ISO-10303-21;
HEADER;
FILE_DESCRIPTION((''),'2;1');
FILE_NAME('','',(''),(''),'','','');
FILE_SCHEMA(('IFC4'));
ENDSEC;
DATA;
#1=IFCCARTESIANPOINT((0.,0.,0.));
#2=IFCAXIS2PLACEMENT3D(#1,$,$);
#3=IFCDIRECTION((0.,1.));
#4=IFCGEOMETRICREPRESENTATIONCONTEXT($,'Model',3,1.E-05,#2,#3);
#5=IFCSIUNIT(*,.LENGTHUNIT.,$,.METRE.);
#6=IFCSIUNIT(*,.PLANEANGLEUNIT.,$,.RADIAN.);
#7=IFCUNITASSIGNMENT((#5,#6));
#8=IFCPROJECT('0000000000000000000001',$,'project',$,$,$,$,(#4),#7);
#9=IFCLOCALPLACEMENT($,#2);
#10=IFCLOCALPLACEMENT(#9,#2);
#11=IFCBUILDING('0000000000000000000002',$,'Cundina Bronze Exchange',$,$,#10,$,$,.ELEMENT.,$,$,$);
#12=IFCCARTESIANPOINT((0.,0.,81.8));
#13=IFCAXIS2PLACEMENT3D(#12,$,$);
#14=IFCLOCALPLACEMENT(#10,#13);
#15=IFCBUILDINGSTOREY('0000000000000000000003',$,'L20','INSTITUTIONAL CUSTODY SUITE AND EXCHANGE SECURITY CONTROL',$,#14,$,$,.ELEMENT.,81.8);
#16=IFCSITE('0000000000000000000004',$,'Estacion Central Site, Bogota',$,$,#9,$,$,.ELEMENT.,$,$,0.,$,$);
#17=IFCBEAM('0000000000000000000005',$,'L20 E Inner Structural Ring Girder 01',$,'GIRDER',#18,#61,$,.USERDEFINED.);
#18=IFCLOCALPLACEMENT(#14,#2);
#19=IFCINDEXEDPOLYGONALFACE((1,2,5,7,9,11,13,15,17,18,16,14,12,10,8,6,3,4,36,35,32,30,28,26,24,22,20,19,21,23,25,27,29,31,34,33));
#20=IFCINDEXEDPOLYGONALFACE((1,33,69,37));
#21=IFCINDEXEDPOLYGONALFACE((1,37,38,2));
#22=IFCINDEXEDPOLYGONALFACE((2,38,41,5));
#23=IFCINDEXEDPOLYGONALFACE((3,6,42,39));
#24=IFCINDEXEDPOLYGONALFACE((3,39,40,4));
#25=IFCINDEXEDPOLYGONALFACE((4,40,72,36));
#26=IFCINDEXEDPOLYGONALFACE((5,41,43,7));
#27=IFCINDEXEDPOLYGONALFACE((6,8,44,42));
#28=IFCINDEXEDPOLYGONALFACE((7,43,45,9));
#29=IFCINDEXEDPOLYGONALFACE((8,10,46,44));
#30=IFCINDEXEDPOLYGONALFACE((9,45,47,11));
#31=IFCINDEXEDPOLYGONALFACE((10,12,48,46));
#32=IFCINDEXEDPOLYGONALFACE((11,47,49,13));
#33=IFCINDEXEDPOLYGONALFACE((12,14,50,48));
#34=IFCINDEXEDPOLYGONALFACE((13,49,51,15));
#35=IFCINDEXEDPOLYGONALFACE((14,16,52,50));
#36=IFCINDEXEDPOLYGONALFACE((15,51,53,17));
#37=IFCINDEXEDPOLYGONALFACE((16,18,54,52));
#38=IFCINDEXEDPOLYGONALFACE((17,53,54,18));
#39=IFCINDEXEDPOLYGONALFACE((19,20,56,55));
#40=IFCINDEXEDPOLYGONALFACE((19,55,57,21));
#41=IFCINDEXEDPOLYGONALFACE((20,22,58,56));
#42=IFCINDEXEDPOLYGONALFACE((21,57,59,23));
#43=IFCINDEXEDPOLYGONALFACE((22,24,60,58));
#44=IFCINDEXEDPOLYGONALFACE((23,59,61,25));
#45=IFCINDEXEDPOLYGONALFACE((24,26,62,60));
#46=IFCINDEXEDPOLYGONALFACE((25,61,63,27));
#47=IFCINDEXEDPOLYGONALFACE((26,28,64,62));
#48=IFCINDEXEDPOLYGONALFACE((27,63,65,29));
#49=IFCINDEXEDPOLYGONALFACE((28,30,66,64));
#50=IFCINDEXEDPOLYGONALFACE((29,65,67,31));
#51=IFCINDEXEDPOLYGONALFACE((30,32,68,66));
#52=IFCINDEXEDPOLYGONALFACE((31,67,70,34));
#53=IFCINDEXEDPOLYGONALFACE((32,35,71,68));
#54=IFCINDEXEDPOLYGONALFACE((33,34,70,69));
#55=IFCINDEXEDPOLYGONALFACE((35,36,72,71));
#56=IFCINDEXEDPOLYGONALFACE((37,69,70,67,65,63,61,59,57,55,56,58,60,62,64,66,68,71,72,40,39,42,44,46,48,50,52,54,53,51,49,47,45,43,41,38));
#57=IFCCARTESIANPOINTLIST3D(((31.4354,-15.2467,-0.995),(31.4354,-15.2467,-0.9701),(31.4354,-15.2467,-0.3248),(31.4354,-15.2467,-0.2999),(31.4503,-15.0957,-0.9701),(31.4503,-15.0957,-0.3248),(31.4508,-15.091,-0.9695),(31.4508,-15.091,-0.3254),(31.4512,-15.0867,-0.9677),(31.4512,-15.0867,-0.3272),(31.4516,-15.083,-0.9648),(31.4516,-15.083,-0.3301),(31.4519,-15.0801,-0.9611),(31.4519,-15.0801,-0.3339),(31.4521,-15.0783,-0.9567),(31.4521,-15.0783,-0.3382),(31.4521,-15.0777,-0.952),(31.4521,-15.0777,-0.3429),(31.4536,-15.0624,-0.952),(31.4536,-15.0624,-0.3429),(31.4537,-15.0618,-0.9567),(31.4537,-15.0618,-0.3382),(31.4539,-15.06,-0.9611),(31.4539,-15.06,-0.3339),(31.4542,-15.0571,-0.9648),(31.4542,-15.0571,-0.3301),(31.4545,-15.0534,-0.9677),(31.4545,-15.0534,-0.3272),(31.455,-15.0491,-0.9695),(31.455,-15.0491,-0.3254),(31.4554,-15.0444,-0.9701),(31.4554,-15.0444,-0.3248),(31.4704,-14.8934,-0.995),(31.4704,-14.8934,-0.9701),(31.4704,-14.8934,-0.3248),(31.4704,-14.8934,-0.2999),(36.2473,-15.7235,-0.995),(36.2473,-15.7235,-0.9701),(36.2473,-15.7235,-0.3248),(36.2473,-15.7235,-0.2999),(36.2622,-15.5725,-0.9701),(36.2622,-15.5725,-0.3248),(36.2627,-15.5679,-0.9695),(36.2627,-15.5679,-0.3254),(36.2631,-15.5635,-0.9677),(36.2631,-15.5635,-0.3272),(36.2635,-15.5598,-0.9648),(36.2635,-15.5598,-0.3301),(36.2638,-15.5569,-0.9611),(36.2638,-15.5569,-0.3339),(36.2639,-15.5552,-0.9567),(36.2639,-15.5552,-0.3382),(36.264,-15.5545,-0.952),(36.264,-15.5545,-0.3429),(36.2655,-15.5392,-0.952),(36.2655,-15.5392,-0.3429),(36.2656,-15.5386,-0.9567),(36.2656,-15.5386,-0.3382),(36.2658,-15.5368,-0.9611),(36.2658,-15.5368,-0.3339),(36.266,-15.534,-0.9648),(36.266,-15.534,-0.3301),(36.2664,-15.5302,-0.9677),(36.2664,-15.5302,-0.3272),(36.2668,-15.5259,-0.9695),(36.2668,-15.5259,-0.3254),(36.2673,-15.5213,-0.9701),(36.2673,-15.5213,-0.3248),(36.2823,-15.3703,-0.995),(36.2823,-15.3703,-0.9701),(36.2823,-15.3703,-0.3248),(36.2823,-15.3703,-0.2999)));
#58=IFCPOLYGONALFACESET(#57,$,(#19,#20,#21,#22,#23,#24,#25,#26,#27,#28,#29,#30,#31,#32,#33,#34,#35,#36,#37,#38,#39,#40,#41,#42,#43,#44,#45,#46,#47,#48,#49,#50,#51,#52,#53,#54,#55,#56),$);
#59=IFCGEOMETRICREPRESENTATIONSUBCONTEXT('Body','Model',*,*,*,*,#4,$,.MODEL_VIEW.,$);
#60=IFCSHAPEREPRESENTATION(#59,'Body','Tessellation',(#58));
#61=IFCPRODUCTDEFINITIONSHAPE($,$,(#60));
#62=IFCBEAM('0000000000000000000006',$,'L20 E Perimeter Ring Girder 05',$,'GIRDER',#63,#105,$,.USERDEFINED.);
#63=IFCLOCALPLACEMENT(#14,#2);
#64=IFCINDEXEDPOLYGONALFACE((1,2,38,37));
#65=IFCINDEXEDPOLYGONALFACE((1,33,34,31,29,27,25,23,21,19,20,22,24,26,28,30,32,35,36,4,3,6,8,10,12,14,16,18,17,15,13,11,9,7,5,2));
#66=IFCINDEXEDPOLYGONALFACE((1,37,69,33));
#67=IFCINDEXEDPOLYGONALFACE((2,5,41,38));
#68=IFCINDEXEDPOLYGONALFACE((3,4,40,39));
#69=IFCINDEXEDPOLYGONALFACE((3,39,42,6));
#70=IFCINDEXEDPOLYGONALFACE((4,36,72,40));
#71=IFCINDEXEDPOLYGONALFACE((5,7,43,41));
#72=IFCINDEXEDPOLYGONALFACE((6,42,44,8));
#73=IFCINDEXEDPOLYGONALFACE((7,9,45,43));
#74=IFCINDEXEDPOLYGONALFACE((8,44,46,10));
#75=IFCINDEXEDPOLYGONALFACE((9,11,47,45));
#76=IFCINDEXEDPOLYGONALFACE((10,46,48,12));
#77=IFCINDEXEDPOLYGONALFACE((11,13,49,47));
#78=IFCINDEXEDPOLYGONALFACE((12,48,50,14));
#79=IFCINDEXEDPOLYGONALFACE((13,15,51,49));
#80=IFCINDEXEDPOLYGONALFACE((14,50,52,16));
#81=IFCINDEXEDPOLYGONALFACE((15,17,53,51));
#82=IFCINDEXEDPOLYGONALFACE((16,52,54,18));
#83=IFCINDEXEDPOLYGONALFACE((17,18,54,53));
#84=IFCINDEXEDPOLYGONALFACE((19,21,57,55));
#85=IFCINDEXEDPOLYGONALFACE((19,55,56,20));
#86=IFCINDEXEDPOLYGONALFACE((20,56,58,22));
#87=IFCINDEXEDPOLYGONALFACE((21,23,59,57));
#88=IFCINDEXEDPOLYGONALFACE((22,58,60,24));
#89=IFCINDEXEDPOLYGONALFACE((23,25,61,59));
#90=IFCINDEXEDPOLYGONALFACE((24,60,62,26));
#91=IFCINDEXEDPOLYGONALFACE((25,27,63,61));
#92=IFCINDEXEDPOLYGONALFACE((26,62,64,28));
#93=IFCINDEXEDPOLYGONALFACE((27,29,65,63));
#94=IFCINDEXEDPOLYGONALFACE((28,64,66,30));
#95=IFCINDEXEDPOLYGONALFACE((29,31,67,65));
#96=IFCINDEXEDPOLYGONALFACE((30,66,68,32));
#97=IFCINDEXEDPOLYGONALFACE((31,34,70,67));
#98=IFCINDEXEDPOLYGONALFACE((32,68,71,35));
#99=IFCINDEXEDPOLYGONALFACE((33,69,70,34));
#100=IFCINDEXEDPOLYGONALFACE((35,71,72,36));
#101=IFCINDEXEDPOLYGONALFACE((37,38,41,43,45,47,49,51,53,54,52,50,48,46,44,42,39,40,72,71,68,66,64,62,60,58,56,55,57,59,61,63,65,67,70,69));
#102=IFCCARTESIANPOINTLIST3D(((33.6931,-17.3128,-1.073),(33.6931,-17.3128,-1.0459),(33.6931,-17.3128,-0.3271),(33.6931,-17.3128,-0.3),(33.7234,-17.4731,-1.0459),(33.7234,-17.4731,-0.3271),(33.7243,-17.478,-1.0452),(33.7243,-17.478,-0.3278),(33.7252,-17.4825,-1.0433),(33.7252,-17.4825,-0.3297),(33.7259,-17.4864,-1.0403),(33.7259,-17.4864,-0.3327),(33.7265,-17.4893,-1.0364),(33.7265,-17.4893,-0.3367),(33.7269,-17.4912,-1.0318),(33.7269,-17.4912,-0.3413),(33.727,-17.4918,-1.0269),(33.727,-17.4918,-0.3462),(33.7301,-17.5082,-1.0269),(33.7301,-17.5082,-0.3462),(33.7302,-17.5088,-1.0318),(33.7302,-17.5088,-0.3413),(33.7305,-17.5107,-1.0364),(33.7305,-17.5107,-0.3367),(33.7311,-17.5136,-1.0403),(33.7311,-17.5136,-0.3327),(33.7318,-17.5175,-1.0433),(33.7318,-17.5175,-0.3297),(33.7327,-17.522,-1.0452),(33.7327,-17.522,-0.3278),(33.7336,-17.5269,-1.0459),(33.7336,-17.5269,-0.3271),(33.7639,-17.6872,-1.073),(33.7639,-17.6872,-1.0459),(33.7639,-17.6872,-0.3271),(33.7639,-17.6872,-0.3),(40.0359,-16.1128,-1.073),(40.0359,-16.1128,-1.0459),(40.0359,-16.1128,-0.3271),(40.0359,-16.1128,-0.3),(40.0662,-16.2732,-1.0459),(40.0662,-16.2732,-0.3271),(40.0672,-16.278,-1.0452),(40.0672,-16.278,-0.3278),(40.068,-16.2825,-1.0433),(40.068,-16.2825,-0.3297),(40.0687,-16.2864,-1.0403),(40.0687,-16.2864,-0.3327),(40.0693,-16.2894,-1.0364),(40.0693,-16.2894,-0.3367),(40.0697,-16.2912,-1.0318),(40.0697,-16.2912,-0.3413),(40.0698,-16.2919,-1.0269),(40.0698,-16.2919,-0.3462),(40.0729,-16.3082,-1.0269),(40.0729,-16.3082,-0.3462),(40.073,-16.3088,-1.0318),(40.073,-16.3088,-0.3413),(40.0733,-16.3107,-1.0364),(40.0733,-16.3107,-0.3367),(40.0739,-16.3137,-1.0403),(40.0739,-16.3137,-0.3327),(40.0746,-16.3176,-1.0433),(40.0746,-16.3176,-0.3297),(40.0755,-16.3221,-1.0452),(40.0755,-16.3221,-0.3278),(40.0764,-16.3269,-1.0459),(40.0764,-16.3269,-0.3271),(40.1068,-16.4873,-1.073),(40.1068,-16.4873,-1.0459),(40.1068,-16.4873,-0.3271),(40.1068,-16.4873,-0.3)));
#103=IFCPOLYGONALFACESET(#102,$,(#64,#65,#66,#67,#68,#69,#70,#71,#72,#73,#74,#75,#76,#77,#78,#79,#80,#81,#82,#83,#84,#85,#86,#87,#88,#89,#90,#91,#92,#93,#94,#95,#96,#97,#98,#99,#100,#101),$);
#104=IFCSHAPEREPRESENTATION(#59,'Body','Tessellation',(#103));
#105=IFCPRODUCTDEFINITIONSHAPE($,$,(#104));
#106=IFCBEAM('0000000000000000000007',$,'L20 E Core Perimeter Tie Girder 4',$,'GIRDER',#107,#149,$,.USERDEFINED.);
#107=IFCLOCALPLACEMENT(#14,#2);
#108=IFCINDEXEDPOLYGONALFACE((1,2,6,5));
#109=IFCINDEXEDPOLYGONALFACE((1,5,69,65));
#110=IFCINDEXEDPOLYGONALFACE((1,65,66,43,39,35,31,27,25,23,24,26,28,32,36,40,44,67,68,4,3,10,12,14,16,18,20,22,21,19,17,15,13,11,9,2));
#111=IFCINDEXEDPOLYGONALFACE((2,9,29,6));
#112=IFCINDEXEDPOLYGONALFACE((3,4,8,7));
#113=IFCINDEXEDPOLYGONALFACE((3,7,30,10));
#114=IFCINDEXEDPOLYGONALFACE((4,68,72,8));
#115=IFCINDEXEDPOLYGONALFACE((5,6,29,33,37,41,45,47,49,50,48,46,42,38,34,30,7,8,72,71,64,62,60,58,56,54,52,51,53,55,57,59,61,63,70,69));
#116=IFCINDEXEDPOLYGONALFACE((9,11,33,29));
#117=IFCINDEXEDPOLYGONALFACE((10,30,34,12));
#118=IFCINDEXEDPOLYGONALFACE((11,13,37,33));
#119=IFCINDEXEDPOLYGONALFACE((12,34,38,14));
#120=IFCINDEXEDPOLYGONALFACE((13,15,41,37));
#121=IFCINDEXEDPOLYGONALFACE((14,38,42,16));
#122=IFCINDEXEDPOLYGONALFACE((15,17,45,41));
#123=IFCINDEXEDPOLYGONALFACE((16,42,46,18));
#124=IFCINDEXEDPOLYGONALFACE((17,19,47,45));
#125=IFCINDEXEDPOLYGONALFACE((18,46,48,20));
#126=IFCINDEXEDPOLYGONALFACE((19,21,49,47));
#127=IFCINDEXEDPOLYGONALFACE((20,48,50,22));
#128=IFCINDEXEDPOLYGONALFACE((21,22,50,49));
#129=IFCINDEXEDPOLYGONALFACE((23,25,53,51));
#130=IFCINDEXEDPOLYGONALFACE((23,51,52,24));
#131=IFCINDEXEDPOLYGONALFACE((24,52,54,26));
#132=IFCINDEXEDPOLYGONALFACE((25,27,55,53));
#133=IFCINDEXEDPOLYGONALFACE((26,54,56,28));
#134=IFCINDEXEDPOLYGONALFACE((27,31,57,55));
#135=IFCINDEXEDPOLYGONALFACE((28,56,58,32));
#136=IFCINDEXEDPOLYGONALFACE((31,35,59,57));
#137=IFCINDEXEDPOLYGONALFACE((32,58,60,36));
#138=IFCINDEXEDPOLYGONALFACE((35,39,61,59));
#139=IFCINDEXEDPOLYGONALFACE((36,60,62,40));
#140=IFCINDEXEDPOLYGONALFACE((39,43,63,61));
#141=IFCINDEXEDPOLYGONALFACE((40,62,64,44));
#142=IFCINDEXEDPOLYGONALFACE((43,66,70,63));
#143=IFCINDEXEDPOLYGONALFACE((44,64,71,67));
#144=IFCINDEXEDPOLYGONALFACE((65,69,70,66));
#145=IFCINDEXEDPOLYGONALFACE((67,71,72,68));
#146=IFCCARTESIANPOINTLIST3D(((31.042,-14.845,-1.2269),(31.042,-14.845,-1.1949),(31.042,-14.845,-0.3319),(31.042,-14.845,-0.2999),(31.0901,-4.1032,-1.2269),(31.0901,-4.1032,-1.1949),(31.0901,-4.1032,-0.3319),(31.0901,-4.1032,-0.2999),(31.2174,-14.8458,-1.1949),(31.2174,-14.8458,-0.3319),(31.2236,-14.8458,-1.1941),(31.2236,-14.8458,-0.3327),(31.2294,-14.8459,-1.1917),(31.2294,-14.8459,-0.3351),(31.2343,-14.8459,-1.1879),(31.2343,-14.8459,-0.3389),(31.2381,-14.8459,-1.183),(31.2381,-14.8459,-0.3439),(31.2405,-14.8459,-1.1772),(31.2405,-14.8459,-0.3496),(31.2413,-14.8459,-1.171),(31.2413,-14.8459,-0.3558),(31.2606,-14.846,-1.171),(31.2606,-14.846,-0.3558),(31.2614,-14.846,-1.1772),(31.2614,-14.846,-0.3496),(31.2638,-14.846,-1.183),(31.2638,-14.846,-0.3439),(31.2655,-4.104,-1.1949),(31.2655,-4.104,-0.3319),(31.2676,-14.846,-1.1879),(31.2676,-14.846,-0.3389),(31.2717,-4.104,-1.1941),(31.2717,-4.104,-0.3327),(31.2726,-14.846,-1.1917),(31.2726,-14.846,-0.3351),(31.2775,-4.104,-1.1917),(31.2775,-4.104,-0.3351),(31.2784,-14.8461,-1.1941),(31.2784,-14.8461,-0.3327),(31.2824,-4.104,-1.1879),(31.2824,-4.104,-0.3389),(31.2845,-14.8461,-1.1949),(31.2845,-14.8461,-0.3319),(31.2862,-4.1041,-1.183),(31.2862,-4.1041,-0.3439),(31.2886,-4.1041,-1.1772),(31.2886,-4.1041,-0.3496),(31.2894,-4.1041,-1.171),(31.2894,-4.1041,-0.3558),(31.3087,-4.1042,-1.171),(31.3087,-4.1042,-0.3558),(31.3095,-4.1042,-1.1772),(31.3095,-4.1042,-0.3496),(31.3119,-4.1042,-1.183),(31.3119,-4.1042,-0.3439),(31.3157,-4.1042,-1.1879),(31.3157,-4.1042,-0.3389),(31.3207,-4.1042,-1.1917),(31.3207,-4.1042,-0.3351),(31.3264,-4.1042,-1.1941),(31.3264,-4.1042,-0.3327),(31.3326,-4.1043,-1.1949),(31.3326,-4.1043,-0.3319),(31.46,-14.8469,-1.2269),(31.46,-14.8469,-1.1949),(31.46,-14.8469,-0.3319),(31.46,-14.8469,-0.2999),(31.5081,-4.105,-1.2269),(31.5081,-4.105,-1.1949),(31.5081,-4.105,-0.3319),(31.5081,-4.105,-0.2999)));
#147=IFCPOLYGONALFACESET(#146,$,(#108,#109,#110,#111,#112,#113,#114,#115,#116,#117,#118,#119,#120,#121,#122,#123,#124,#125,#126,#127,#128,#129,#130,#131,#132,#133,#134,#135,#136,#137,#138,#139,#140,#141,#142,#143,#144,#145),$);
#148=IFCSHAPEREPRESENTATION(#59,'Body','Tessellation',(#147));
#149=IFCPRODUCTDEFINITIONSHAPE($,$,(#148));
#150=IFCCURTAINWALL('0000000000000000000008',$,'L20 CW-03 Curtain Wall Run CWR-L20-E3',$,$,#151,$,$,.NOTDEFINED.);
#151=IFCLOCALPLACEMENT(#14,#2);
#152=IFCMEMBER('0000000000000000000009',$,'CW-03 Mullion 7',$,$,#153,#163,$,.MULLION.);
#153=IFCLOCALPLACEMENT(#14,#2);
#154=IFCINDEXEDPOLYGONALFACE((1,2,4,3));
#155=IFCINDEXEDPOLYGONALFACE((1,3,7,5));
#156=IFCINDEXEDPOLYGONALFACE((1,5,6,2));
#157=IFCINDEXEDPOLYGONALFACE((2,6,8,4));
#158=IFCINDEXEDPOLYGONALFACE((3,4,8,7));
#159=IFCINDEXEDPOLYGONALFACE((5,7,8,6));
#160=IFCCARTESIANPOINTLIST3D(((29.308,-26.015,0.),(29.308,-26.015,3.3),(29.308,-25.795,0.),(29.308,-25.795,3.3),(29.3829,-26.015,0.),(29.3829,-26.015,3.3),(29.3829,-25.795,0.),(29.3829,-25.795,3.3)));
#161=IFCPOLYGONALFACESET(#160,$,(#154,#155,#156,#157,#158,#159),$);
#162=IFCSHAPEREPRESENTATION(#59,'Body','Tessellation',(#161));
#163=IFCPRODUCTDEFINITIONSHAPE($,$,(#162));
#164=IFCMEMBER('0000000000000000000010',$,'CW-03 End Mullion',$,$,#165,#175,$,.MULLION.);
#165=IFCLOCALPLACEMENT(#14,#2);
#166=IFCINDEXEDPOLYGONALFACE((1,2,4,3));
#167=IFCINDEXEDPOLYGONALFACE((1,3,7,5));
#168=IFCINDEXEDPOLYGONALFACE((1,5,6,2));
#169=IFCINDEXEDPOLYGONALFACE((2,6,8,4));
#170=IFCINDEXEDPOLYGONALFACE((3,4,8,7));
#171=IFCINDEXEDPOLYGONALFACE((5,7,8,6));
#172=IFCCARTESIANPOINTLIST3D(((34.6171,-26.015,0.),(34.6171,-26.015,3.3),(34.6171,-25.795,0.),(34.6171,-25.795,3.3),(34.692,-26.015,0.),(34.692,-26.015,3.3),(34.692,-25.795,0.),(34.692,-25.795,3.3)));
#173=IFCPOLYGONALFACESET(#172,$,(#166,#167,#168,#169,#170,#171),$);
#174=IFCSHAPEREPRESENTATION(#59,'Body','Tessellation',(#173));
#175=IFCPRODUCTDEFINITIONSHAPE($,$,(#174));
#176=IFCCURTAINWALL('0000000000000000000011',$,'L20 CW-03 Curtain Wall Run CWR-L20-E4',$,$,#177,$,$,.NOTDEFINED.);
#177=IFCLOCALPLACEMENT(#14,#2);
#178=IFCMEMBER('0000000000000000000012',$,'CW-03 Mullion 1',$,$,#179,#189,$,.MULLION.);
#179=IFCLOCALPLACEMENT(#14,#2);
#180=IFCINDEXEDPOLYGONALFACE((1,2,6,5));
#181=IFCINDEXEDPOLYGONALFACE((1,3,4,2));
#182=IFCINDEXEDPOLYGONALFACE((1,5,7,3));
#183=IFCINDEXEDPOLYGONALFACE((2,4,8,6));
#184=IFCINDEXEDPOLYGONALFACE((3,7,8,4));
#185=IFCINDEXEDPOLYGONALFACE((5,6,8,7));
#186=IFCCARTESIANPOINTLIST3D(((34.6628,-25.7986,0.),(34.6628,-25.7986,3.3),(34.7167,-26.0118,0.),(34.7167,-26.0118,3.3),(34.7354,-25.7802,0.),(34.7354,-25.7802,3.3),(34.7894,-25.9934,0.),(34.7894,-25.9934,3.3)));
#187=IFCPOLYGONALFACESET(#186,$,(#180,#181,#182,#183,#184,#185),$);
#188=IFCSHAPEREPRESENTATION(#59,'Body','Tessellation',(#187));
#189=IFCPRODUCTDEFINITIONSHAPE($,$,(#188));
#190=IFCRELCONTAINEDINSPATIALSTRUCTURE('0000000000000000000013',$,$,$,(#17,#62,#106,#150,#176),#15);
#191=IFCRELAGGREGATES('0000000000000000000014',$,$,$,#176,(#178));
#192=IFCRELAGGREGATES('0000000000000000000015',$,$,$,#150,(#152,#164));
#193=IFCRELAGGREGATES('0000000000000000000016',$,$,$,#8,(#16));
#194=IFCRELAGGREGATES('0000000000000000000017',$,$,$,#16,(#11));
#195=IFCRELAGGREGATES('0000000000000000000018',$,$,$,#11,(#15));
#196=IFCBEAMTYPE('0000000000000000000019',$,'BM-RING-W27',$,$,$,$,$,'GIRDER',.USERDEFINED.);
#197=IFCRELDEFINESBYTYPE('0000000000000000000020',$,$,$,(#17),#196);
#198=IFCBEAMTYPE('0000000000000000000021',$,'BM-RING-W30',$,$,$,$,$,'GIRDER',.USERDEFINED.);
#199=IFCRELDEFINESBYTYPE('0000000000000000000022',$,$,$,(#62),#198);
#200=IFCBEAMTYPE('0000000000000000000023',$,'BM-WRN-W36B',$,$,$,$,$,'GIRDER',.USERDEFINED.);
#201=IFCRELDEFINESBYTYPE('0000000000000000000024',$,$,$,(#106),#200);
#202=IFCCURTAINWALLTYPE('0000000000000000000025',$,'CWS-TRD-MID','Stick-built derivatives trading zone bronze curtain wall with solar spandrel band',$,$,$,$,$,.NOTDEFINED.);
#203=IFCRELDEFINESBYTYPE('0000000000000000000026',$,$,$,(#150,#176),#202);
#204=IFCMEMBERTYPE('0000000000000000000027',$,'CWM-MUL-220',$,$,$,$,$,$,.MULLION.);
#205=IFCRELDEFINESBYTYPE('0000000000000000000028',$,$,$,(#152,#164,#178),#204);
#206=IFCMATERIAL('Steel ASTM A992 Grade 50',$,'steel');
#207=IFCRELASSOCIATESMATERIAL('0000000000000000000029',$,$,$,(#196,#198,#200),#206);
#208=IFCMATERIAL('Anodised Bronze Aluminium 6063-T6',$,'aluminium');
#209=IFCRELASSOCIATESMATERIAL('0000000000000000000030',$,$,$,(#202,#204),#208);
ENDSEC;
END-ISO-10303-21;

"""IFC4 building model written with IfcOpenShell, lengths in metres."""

from ifc_helpers import new_model, si_unit, direction, frame, origin, origin_2d, place, context, subcontext, project, spatial, rectangle, i_section, extrude, material, material_profile, profile_set, type_object, element, aggregate, save


model = new_model("IFC4")

# Units and contexts
model_context = context("Model", 3, precision=1e-05, world=origin(), true_north=direction((0.0, 1.0)))
body_context = subcontext(model_context, "Body", "Model", "MODEL_VIEW")
ifc_project = project(units=[si_unit("LENGTHUNIT", "METRE"), si_unit("PLANEANGLEUNIT", "RADIAN")], contexts=[model_context])

# Site, building, storey
site_placement = place(None, origin())
site = spatial("IfcSite", under=ifc_project, at=site_placement, Name="Estacion Central Site, Bogota", CompositionType="ELEMENT", RefElevation=0.0)
building_placement = place(site_placement, origin())
building = spatial("IfcBuilding", under=site, at=building_placement, Name="Cundina Bronze Exchange", CompositionType="ELEMENT")
storey_placement = place(building_placement, frame((0.0, 0.0, 81.8)))
storey = spatial("IfcBuildingStorey", under=building, at=storey_placement, Name="L20", Description="INSTITUTIONAL CUSTODY SUITE AND EXCHANGE SECURITY CONTROL", CompositionType="ELEMENT", Elevation=81.8)

# Shared definitions
ifc_material_1 = material(Name="Steel ASTM A992 Grade 50", Category="steel")

# Beams
ifc_material_profile_1 = material_profile(ifc_material_1, i_section(OverallWidth=0.355, OverallDepth=0.6951, WebThickness=0.0154, FlangeThickness=0.0249, FilletRadius=0.0181, at=origin_2d()), Name="W27X146", Category="steel")
ifc_profile_set_1 = profile_set([ifc_material_profile_1], Name="Steel ASTM A992 Grade 50")
beam_type_1 = type_object("IfcBeamType", Name="BM-RING-W27", ElementType="GIRDER", PredefinedType="USERDEFINED", material=ifc_profile_set_1)
beam_1_placement = place(storey_placement, frame((31.4529, -15.0701, -0.6475), z_axis=(0.995126, -0.098609, 0.0), x_axis=(0.098609, 0.995126, 0.0)))
element("IfcBeam", 1, at=beam_1_placement, inside=storey, type_object=beam_type_1, Name="L20 E Inner Structural Ring Girder 01", ObjectType="GIRDER", PredefinedType="USERDEFINED", context=body_context, shape_type="SweptSolid", body=[
    extrude(i_section(OverallWidth=0.355, OverallDepth=0.6951, WebThickness=0.0154, FlangeThickness=0.0249, FilletRadius=0.0181, at=origin_2d()), origin(), (0.0, 0.0, 1.0), 4.8354),
])
ifc_material_profile_2 = material_profile(ifc_material_1, i_section(OverallWidth=0.3811, OverallDepth=0.7729, WebThickness=0.0166, FlangeThickness=0.0271, FilletRadius=0.019, at=origin_2d()), Name="W30X173", Category="steel")
ifc_profile_set_2 = profile_set([ifc_material_profile_2], Name="Steel ASTM A992 Grade 50")
beam_type_2 = type_object("IfcBeamType", Name="BM-RING-W30", ElementType="GIRDER", PredefinedType="USERDEFINED", material=ifc_profile_set_2)
beam_2_placement = place(storey_placement, frame((33.7285, -17.5, -0.6865), z_axis=(0.982571, 0.185887, 0.0), x_axis=(-0.185887, 0.982571, 0.0)))
element("IfcBeam", 2, at=beam_2_placement, inside=storey, type_object=beam_type_2, Name="L20 E Perimeter Ring Girder 05", ObjectType="GIRDER", PredefinedType="USERDEFINED", context=body_context, shape_type="SweptSolid", body=[
    extrude(i_section(OverallWidth=0.3811, OverallDepth=0.7729, WebThickness=0.0166, FlangeThickness=0.0271, FilletRadius=0.019, at=origin_2d()), origin(), (0.0, 0.0, 1.0), 6.4553),
])
ifc_material_profile_3 = material_profile(ifc_material_1, i_section(OverallWidth=0.418, OverallDepth=0.927, WebThickness=0.0193, FlangeThickness=0.032, FilletRadius=0.0239, at=origin_2d()), Name="W36X231", Category="steel")
ifc_profile_set_3 = profile_set([ifc_material_profile_3], Name="Steel ASTM A992 Grade 50")
beam_type_3 = type_object("IfcBeamType", Name="BM-WRN-W36B", ElementType="GIRDER", PredefinedType="USERDEFINED", material=ifc_profile_set_3)
beam_3_placement = place(storey_placement, frame((31.251, -14.8459, -0.7634), z_axis=(0.004477, 0.99999, 0.0), x_axis=(-0.99999, 0.004477, 0.0)))
element("IfcBeam", 3, at=beam_3_placement, inside=storey, type_object=beam_type_3, Name="L20 E Core Perimeter Tie Girder 4", ObjectType="GIRDER", PredefinedType="USERDEFINED", context=body_context, shape_type="SweptSolid", body=[
    extrude(i_section(OverallWidth=0.418, OverallDepth=0.927, WebThickness=0.0193, FlangeThickness=0.032, FilletRadius=0.0239, at=origin_2d()), origin(), (0.0, 0.0, 1.0), 10.7419),
])

# Curtain wall, members
ifc_material_2 = material(Name="Anodised Bronze Aluminium 6063-T6", Category="aluminium")
curtain_wall_type = type_object("IfcCurtainWallType", Name="CWS-TRD-MID", Description="Stick-built derivatives trading zone bronze curtain wall with solar spandrel band", PredefinedType="NOTDEFINED", material=ifc_material_2)
curtain_wall_1_placement = place(storey_placement, origin())
curtain_wall_1 = element("IfcCurtainWall", 4, at=curtain_wall_1_placement, inside=storey, type_object=curtain_wall_type, Name="L20 CW-03 Curtain Wall Run CWR-L20-E3", PredefinedType="NOTDEFINED")
ifc_material_profile_4 = material_profile(ifc_material_2, rectangle(XDim=0.075, YDim=0.22, at=origin_2d()), Name="AL75X220", Category="aluminium")
ifc_profile_set_4 = profile_set([ifc_material_profile_4], Name="Anodised Bronze Aluminium 6063-T6")
member_type_1 = type_object("IfcMemberType", Name="CWM-MUL-220", PredefinedType="MULLION", material=ifc_profile_set_4)
member_1_placement = place(storey_placement, frame((29.3455, -25.905, 0.0), z_axis=(0.0, 0.0, 1.0), x_axis=(1.0, 0.0, 0.0)))
member_1 = element("IfcMember", 5, at=member_1_placement, type_object=member_type_1, Name="CW-03 Mullion 7", PredefinedType="MULLION", context=body_context, shape_type="SweptSolid", body=[
    extrude(rectangle(XDim=0.075, YDim=0.22, at=origin_2d()), origin(), (0.0, 0.0, 1.0), 3.3),
])
member_2_placement = place(storey_placement, frame((34.6545, -25.905, 0.0), z_axis=(0.0, 0.0, 1.0), x_axis=(1.0, 0.0, 0.0)))
member_2 = element("IfcMember", 6, at=member_2_placement, type_object=member_type_1, Name="CW-03 End Mullion", PredefinedType="MULLION", context=body_context, shape_type="SweptSolid", body=[
    extrude(rectangle(XDim=0.075, YDim=0.22, at=origin_2d()), origin(), (0.0, 0.0, 1.0), 3.3),
])

# Curtain wall, member
curtain_wall_2_placement = place(storey_placement, origin())
curtain_wall_2 = element("IfcCurtainWall", 7, at=curtain_wall_2_placement, inside=storey, type_object=curtain_wall_type, Name="L20 CW-03 Curtain Wall Run CWR-L20-E4", PredefinedType="NOTDEFINED")
member_3_placement = place(storey_placement, frame((34.7261, -25.896, 0.0), z_axis=(0.0, 0.0, 1.0), x_axis=(0.969488, 0.245138, 0.0)))
member_3 = element("IfcMember", 8, at=member_3_placement, type_object=member_type_1, Name="CW-03 Mullion 1", PredefinedType="MULLION", context=body_context, shape_type="SweptSolid", body=[
    extrude(rectangle(XDim=0.075, YDim=0.22, at=origin_2d()), origin(), (0.0, 0.0, 1.0), 3.3),
])
aggregate(curtain_wall_2, [member_3])

aggregate(curtain_wall_1, [member_1, member_2])

save(model, "model.ifc")
